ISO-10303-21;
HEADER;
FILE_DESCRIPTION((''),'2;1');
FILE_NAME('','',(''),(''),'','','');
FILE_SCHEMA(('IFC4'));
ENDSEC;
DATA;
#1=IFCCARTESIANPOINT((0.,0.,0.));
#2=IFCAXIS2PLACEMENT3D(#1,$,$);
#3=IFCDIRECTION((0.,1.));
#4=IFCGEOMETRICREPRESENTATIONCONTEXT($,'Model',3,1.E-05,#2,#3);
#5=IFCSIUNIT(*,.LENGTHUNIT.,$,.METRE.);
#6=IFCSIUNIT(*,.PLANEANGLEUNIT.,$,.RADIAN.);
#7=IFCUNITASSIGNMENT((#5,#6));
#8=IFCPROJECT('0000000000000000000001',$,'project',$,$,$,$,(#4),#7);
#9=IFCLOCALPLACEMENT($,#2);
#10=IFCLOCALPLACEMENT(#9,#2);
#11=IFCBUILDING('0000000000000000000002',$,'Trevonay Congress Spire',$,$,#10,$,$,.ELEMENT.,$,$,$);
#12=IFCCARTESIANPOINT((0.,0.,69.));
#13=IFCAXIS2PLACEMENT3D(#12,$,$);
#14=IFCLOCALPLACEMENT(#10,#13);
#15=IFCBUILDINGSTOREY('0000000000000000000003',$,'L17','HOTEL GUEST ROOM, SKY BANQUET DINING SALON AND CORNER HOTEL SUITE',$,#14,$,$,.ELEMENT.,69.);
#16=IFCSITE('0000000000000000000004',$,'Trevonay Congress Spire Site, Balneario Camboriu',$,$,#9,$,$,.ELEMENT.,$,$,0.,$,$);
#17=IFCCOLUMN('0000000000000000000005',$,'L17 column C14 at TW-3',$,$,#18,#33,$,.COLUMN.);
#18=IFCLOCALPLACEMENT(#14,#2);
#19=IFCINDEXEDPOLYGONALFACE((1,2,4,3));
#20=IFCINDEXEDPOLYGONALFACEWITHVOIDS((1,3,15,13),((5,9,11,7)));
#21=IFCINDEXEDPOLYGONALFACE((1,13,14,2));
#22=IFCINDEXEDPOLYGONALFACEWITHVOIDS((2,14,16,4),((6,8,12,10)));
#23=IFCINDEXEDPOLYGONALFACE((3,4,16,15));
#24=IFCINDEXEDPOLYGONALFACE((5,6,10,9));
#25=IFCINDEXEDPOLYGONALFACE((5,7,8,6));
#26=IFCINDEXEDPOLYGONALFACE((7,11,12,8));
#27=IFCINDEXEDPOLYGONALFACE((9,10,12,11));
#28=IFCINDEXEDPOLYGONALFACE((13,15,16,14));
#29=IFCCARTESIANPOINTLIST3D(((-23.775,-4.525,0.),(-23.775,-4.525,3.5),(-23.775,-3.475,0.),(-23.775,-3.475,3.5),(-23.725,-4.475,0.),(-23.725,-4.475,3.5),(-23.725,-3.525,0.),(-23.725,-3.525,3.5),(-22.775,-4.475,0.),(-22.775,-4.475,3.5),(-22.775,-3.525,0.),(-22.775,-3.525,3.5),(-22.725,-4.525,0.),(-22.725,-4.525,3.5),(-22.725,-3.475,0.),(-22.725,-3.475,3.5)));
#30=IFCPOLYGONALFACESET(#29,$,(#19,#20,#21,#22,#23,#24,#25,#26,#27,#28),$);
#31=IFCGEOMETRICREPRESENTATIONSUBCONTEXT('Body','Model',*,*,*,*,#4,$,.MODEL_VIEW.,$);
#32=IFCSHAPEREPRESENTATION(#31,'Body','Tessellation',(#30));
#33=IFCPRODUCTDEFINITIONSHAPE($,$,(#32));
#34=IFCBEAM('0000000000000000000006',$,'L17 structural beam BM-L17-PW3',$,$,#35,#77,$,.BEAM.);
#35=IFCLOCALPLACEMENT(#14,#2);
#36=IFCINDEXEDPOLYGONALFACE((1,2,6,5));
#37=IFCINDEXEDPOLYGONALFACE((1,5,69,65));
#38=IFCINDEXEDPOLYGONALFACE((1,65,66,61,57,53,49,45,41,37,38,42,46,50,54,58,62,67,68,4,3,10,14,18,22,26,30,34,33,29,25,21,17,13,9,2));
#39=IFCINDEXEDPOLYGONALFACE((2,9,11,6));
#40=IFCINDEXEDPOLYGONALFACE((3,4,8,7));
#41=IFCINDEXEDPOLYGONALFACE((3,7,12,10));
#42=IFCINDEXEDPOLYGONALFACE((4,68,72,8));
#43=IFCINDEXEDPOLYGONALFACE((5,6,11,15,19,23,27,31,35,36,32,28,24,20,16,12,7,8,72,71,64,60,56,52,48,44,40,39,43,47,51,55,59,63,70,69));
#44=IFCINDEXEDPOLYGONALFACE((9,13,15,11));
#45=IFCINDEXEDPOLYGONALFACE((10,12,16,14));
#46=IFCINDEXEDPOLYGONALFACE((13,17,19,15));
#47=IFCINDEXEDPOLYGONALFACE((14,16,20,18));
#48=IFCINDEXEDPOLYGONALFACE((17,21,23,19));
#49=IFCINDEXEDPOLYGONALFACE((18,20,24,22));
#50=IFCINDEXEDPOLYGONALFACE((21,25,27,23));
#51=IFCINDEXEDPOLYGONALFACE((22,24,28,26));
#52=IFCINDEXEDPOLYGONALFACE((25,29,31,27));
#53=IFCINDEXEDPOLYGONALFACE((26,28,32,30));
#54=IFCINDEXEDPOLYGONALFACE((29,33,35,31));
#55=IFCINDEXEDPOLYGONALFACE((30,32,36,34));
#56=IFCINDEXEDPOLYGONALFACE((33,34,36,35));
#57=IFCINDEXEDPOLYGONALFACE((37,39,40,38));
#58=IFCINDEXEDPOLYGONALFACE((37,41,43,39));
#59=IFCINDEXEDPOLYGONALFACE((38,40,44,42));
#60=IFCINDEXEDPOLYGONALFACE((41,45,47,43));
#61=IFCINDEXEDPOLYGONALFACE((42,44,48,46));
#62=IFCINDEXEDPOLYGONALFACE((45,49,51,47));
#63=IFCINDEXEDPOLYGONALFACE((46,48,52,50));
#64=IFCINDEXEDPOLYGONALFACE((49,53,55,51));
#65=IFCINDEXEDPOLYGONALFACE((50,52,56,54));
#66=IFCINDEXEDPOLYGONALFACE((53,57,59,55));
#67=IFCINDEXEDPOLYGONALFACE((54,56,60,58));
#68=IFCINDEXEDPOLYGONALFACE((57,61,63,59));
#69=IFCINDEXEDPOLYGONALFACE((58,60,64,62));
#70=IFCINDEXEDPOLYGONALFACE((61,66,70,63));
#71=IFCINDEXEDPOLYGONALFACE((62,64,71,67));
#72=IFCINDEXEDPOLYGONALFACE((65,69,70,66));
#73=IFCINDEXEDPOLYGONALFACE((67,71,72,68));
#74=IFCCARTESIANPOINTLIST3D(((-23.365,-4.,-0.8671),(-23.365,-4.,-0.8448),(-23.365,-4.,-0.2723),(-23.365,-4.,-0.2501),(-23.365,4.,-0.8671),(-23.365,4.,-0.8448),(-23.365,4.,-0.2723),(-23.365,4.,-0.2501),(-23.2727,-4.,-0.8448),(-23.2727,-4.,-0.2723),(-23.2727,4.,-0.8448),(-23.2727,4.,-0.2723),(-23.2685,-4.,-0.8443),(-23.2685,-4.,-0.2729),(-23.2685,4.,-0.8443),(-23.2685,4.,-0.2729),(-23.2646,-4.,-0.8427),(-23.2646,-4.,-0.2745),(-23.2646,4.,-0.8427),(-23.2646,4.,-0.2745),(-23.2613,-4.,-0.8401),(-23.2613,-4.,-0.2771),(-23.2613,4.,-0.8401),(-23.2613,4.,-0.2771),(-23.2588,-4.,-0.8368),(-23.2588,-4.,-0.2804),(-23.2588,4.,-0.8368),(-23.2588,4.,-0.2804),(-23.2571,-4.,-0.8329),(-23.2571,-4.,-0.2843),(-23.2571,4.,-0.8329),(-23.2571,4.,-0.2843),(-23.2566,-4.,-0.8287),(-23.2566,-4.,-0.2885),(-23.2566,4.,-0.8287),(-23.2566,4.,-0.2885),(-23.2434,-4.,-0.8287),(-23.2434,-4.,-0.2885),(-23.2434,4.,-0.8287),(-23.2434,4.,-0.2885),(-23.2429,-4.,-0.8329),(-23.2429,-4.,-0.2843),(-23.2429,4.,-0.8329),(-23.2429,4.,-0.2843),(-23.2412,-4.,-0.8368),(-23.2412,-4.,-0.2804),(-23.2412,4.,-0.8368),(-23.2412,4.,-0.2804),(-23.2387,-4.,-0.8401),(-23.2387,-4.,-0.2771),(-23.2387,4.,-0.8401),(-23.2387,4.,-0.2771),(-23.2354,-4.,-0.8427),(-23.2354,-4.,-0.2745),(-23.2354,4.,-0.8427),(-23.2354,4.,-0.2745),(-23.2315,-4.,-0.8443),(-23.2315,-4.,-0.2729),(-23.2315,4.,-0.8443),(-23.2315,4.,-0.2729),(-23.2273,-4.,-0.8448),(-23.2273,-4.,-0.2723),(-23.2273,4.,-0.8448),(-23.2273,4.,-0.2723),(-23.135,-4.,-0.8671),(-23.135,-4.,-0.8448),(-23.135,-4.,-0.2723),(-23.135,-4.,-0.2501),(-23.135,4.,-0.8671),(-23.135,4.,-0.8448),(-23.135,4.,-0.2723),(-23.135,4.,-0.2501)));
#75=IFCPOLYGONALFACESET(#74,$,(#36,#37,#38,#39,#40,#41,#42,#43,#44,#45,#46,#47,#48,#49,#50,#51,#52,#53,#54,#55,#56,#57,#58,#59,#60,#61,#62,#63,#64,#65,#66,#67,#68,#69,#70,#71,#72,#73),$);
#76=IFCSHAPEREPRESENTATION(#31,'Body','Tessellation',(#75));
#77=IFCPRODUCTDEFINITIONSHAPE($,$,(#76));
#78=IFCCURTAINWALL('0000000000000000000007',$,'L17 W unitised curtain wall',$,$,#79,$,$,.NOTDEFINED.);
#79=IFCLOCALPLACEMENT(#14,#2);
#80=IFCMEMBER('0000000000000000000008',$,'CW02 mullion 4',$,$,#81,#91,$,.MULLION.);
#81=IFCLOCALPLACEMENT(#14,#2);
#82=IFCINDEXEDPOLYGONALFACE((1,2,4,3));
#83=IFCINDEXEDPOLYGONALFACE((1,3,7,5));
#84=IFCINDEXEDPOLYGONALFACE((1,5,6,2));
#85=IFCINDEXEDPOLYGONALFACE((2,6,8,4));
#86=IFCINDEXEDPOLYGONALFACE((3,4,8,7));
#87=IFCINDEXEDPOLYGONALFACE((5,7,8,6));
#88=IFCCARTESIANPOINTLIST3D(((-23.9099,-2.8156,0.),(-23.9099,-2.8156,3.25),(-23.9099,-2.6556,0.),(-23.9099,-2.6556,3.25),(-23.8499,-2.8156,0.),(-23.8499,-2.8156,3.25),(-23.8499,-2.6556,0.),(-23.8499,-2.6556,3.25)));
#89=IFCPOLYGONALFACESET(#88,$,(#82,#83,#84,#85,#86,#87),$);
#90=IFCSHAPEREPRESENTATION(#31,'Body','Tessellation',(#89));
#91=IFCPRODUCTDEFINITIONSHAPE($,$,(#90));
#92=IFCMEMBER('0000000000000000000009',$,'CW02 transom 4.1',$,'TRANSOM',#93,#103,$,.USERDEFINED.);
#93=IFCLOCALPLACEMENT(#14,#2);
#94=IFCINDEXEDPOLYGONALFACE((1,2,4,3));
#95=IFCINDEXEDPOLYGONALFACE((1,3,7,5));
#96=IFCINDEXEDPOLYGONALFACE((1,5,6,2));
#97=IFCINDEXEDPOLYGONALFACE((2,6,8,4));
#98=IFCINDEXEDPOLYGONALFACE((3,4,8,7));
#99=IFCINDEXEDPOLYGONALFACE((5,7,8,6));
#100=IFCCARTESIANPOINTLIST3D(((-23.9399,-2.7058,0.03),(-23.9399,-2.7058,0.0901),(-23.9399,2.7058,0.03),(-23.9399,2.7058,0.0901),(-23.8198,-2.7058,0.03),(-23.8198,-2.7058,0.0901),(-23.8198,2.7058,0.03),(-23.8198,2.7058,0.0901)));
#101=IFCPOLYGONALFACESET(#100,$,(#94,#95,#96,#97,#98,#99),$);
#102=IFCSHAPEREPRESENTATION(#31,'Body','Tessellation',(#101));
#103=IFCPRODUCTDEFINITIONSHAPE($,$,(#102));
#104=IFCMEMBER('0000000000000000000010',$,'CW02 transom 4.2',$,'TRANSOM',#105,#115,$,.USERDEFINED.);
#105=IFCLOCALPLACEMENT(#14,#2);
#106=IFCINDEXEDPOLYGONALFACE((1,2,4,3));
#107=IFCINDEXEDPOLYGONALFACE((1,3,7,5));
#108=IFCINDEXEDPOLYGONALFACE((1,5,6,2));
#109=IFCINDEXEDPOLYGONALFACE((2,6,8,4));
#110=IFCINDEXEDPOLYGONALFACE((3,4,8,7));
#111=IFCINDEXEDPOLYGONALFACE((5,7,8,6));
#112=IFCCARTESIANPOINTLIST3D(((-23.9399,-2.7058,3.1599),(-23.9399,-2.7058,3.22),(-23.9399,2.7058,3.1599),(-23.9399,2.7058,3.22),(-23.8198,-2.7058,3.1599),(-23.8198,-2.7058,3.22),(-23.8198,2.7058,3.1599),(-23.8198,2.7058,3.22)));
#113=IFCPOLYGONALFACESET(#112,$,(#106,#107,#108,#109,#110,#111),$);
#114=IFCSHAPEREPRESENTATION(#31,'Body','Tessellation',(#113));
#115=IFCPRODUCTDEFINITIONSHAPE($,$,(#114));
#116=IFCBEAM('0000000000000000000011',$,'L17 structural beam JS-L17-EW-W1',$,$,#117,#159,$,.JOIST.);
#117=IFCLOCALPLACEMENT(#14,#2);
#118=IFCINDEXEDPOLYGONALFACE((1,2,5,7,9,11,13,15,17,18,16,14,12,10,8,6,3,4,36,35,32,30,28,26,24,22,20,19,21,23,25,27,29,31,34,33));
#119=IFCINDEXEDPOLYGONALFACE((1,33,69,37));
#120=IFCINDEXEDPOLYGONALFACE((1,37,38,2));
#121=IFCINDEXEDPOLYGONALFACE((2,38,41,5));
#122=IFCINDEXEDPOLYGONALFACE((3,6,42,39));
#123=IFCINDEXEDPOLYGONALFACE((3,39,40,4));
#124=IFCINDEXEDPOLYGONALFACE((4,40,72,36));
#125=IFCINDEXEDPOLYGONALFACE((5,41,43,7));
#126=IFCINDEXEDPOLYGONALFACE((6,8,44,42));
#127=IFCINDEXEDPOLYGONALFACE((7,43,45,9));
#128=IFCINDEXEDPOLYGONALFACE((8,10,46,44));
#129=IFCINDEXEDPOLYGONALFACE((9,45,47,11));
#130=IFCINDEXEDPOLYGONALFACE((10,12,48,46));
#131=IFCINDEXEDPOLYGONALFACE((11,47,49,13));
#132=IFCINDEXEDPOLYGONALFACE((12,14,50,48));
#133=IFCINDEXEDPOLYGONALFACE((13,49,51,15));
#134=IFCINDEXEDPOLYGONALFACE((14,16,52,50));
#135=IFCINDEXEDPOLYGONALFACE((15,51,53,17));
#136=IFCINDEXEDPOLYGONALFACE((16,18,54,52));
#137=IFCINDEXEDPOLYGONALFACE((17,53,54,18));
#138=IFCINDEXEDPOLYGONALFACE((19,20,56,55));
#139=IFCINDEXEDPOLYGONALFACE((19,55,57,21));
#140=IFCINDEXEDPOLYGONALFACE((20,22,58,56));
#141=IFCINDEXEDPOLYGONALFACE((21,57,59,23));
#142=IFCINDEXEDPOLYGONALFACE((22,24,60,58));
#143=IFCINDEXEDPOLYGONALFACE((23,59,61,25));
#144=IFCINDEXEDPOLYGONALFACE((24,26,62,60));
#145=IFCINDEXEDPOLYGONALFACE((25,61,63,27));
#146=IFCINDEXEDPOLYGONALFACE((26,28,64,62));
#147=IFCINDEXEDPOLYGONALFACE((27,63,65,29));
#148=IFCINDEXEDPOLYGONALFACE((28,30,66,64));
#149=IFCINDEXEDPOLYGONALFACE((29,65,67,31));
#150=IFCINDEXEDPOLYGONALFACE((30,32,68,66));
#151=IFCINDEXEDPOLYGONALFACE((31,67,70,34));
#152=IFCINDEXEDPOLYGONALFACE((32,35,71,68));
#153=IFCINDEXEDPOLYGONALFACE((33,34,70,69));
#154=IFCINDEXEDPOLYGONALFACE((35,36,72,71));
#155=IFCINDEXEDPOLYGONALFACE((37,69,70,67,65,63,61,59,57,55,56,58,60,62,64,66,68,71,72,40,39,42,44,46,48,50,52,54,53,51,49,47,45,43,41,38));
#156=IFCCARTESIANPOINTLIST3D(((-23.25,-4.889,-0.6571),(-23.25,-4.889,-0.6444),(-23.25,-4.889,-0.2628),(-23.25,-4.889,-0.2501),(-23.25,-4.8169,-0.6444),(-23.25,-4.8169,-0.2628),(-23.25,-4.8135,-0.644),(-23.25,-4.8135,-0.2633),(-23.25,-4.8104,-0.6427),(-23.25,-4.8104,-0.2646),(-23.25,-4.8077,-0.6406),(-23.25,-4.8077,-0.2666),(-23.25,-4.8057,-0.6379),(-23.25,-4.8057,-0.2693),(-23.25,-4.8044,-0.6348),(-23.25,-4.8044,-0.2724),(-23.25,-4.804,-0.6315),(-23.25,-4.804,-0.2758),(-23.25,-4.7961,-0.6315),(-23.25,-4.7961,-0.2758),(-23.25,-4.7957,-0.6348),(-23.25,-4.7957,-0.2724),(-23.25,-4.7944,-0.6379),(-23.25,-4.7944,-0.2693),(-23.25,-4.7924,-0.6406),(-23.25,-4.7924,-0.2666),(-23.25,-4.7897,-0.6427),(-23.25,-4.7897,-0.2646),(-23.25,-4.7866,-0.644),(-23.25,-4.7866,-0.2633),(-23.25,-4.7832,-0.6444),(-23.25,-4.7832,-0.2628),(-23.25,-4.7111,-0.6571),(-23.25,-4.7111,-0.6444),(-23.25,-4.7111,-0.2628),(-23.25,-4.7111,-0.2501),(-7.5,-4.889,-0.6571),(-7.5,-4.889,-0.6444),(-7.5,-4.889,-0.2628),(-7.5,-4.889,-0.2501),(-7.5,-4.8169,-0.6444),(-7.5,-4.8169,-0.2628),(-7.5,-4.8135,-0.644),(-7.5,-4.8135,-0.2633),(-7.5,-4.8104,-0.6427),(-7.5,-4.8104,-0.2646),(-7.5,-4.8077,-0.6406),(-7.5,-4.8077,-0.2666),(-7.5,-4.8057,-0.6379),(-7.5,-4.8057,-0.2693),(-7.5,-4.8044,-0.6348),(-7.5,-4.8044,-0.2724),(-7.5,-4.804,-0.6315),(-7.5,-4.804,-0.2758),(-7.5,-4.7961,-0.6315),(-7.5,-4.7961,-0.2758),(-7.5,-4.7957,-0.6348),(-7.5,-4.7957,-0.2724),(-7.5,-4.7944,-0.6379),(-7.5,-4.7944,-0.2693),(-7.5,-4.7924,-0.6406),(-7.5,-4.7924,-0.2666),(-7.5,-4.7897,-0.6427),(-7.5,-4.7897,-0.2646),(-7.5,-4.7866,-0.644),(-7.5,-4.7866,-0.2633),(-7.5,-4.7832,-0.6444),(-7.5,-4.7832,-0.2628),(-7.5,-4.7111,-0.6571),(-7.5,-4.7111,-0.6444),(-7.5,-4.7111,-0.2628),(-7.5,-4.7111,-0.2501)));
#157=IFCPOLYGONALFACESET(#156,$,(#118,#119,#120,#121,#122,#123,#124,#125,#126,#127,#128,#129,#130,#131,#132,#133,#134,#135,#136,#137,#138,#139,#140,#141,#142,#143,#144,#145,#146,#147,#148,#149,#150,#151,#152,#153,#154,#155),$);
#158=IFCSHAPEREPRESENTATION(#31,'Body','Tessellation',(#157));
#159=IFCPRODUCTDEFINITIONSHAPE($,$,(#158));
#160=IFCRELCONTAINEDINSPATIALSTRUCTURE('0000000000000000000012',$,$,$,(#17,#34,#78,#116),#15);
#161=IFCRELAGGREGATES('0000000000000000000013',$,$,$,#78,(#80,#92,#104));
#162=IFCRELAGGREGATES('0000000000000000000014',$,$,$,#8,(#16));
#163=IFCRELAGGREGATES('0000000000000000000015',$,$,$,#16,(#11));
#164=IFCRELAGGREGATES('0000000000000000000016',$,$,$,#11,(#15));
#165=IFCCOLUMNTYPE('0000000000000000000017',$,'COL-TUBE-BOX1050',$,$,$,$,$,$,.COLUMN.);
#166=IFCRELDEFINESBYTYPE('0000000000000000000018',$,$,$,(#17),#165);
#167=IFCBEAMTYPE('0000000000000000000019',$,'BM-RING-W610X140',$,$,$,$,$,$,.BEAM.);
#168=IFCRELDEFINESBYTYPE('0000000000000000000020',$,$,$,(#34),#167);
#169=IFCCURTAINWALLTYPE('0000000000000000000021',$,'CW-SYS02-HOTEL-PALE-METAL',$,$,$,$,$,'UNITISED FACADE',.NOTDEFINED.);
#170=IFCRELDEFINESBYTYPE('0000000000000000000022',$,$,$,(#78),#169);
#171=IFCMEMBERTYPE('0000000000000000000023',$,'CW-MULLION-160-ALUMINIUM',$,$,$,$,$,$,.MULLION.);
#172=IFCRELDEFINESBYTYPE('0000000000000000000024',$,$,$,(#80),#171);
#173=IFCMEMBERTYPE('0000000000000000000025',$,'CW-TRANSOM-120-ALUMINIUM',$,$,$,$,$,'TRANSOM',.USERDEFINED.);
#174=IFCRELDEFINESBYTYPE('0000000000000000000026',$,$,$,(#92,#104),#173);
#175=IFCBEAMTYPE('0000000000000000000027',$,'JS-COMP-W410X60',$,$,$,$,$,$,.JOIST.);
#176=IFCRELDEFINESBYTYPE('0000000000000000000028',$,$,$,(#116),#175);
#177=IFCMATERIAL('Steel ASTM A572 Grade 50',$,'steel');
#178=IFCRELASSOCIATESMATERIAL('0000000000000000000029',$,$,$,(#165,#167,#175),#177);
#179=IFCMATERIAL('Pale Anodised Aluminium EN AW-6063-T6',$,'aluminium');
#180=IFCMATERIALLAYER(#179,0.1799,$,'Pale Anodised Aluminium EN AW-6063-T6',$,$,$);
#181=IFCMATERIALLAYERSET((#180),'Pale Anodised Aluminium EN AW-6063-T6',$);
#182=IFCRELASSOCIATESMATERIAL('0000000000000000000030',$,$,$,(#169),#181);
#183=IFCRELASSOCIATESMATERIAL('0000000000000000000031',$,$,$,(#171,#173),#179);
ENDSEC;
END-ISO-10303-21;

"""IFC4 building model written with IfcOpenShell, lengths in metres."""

from ifc_helpers import new_model, si_unit, direction, frame, origin, origin_2d, place, context, subcontext, project, spatial, rectangle, hollow_rectangle, i_section, extrude, material, layer, layer_set, material_profile, profile_set, type_object, element, aggregate, save


model = new_model("IFC4")

# Units and contexts
model_context = context("Model", 3, precision=1e-05, world=origin(), true_north=direction((0.0, 1.0)))
body_context = subcontext(model_context, "Body", "Model", "MODEL_VIEW")
ifc_project = project(units=[si_unit("LENGTHUNIT", "METRE"), si_unit("PLANEANGLEUNIT", "RADIAN")], contexts=[model_context])

# Site, building, storey
site_placement = place(None, origin())
site = spatial("IfcSite", under=ifc_project, at=site_placement, Name="Trevonay Congress Spire Site, Balneario Camboriu", CompositionType="ELEMENT", RefElevation=0.0)
building_placement = place(site_placement, origin())
building = spatial("IfcBuilding", under=site, at=building_placement, Name="Trevonay Congress Spire", CompositionType="ELEMENT")
storey_placement = place(building_placement, frame((0.0, 0.0, 69.0)))
storey = spatial("IfcBuildingStorey", under=building, at=storey_placement, Name="L17", Description="HOTEL GUEST ROOM, SKY BANQUET DINING SALON AND CORNER HOTEL SUITE", CompositionType="ELEMENT", Elevation=69.0)

# Column
ifc_material_1 = material(Name="Steel ASTM A572 Grade 50", Category="steel")
ifc_material_profile_1 = material_profile(ifc_material_1, hollow_rectangle(XDim=1.05, YDim=1.05, WallThickness=0.05, at=origin_2d()), Name="BOX 1050x1050x50")
ifc_profile_set_1 = profile_set([ifc_material_profile_1], Name="Steel ASTM A572 Grade 50")
column_type = type_object("IfcColumnType", Name="COL-TUBE-BOX1050", PredefinedType="COLUMN", material=ifc_profile_set_1)
column_placement = place(storey_placement, frame((-23.25, -4.0, 0.0), z_axis=(0.0, 0.0, 1.0), x_axis=(1.0, 0.0, 0.0)))
element("IfcColumn", 1, at=column_placement, inside=storey, type_object=column_type, Name="L17 column C14 at TW-3", PredefinedType="COLUMN", context=body_context, shape_type="SweptSolid", body=[
    extrude(hollow_rectangle(XDim=1.05, YDim=1.05, WallThickness=0.05, at=origin_2d()), origin(), (0.0, 0.0, 1.0), 3.5),
])

# Beam
ifc_material_profile_2 = material_profile(ifc_material_1, i_section(OverallWidth=0.23, OverallDepth=0.6169, WebThickness=0.0132, FlangeThickness=0.0222, FilletRadius=0.0161, at=origin_2d()), Name="W610x140")
ifc_profile_set_2 = profile_set([ifc_material_profile_2], Name="Steel ASTM A572 Grade 50")
beam_type_1 = type_object("IfcBeamType", Name="BM-RING-W610X140", PredefinedType="BEAM", material=ifc_profile_set_2)
beam_placement = place(storey_placement, frame((-23.25, -4.0, -0.5586), z_axis=(0.0, 1.0, 0.0), x_axis=(-1.0, 0.0, 0.0)))
element("IfcBeam", 2, at=beam_placement, inside=storey, type_object=beam_type_1, Name="L17 structural beam BM-L17-PW3", PredefinedType="BEAM", context=body_context, shape_type="SweptSolid", body=[
    extrude(i_section(OverallWidth=0.23, OverallDepth=0.6169, WebThickness=0.0132, FlangeThickness=0.0222, FilletRadius=0.0161, at=origin_2d()), origin(), (0.0, 0.0, 1.0), 8.0),
])

# Curtain wall, members
ifc_material_2 = material(Name="Pale Anodised Aluminium EN AW-6063-T6", Category="aluminium")
ifc_layer_1 = layer(ifc_material_2, 0.1799, Name="Pale Anodised Aluminium EN AW-6063-T6")
ifc_layer_set_1 = layer_set([ifc_layer_1], Name="Pale Anodised Aluminium EN AW-6063-T6")
curtain_wall_type = type_object("IfcCurtainWallType", Name="CW-SYS02-HOTEL-PALE-METAL", ElementType="UNITISED FACADE", PredefinedType="NOTDEFINED", material=ifc_layer_set_1)
curtain_wall_placement = place(storey_placement, origin())
curtain_wall = element("IfcCurtainWall", 3, at=curtain_wall_placement, inside=storey, type_object=curtain_wall_type, Name="L17 W unitised curtain wall", PredefinedType="NOTDEFINED")
ifc_material_profile_3 = material_profile(ifc_material_2, rectangle(XDim=0.0601, YDim=0.1599, at=origin_2d()), Name="CW-MULLION-160-ALUMINIUM")
ifc_profile_set_3 = profile_set([ifc_material_profile_3], Name="Pale Anodised Aluminium EN AW-6063-T6")
member_type_1 = type_object("IfcMemberType", Name="CW-MULLION-160-ALUMINIUM", PredefinedType="MULLION", material=ifc_profile_set_3)
member_1_placement = place(storey_placement, frame((-23.8799, -2.7356, 0.0), z_axis=(0.0, 0.0, 1.0), x_axis=(-1.0, 0.0, 0.0)))
member_1 = element("IfcMember", 4, at=member_1_placement, type_object=member_type_1, Name="CW02 mullion 4", PredefinedType="MULLION", context=body_context, shape_type="SweptSolid", body=[
    extrude(rectangle(XDim=0.0601, YDim=0.1599, at=origin_2d()), origin(), (0.0, 0.0, 1.0), 3.25),
])
ifc_material_profile_4 = material_profile(ifc_material_2, rectangle(XDim=0.1201, YDim=0.0601, at=origin_2d()), Name="CW-TRANSOM-120-ALUMINIUM")
ifc_profile_set_4 = profile_set([ifc_material_profile_4], Name="Pale Anodised Aluminium EN AW-6063-T6")
member_type_2 = type_object("IfcMemberType", Name="CW-TRANSOM-120-ALUMINIUM", ElementType="TRANSOM", PredefinedType="USERDEFINED", material=ifc_profile_set_4)
member_2_placement = place(storey_placement, frame((-23.8799, -2.7058, 0.0601), z_axis=(0.0, 1.0, 0.0), x_axis=(-1.0, 0.0, 0.0)))
member_2 = element("IfcMember", 5, at=member_2_placement, type_object=member_type_2, Name="CW02 transom 4.1", ObjectType="TRANSOM", PredefinedType="USERDEFINED", context=body_context, shape_type="SweptSolid", body=[
    extrude(rectangle(XDim=0.1201, YDim=0.0601, at=origin_2d()), origin(), (0.0, 0.0, 1.0), 5.4116),
])
member_3_placement = place(storey_placement, frame((-23.8799, -2.7058, 3.1899), z_axis=(0.0, 1.0, 0.0), x_axis=(-1.0, 0.0, 0.0)))
member_3 = element("IfcMember", 6, at=member_3_placement, type_object=member_type_2, Name="CW02 transom 4.2", ObjectType="TRANSOM", PredefinedType="USERDEFINED", context=body_context, shape_type="SweptSolid", body=[
    extrude(rectangle(XDim=0.1201, YDim=0.0601, at=origin_2d()), origin(), (0.0, 0.0, 1.0), 5.4116),
])

# Beam
ifc_material_profile_5 = material_profile(ifc_material_1, i_section(OverallWidth=0.178, OverallDepth=0.407, WebThickness=0.0078, FlangeThickness=0.0127, FilletRadius=0.0129, at=origin_2d()), Name="W410x60")
ifc_profile_set_5 = profile_set([ifc_material_profile_5], Name="Steel ASTM A572 Grade 50")
beam_type_2 = type_object("IfcBeamType", Name="JS-COMP-W410X60", PredefinedType="JOIST", material=ifc_profile_set_5)
for number, where, z_axis, x_axis, name in (
    (7, (-23.25, -4.8, -0.4536), (1.0, 0.0, 0.0), (0.0, 1.0, 0.0), "L17 structural beam JS-L17-EW-W1"),
):
    element("IfcBeam", number, at=place(storey_placement, frame(where, z_axis=z_axis, x_axis=x_axis)), inside=storey, type_object=beam_type_2, Name=name, PredefinedType="JOIST", context=body_context, shape_type="SweptSolid", body=[
        extrude(i_section(OverallWidth=0.178, OverallDepth=0.407, WebThickness=0.0078, FlangeThickness=0.0127, FilletRadius=0.0129, at=origin_2d()), origin(), (0.0, 0.0, 1.0), 15.75),
    ])

aggregate(curtain_wall, [member_1, member_2, member_3])

save(model, "model.ifc")
